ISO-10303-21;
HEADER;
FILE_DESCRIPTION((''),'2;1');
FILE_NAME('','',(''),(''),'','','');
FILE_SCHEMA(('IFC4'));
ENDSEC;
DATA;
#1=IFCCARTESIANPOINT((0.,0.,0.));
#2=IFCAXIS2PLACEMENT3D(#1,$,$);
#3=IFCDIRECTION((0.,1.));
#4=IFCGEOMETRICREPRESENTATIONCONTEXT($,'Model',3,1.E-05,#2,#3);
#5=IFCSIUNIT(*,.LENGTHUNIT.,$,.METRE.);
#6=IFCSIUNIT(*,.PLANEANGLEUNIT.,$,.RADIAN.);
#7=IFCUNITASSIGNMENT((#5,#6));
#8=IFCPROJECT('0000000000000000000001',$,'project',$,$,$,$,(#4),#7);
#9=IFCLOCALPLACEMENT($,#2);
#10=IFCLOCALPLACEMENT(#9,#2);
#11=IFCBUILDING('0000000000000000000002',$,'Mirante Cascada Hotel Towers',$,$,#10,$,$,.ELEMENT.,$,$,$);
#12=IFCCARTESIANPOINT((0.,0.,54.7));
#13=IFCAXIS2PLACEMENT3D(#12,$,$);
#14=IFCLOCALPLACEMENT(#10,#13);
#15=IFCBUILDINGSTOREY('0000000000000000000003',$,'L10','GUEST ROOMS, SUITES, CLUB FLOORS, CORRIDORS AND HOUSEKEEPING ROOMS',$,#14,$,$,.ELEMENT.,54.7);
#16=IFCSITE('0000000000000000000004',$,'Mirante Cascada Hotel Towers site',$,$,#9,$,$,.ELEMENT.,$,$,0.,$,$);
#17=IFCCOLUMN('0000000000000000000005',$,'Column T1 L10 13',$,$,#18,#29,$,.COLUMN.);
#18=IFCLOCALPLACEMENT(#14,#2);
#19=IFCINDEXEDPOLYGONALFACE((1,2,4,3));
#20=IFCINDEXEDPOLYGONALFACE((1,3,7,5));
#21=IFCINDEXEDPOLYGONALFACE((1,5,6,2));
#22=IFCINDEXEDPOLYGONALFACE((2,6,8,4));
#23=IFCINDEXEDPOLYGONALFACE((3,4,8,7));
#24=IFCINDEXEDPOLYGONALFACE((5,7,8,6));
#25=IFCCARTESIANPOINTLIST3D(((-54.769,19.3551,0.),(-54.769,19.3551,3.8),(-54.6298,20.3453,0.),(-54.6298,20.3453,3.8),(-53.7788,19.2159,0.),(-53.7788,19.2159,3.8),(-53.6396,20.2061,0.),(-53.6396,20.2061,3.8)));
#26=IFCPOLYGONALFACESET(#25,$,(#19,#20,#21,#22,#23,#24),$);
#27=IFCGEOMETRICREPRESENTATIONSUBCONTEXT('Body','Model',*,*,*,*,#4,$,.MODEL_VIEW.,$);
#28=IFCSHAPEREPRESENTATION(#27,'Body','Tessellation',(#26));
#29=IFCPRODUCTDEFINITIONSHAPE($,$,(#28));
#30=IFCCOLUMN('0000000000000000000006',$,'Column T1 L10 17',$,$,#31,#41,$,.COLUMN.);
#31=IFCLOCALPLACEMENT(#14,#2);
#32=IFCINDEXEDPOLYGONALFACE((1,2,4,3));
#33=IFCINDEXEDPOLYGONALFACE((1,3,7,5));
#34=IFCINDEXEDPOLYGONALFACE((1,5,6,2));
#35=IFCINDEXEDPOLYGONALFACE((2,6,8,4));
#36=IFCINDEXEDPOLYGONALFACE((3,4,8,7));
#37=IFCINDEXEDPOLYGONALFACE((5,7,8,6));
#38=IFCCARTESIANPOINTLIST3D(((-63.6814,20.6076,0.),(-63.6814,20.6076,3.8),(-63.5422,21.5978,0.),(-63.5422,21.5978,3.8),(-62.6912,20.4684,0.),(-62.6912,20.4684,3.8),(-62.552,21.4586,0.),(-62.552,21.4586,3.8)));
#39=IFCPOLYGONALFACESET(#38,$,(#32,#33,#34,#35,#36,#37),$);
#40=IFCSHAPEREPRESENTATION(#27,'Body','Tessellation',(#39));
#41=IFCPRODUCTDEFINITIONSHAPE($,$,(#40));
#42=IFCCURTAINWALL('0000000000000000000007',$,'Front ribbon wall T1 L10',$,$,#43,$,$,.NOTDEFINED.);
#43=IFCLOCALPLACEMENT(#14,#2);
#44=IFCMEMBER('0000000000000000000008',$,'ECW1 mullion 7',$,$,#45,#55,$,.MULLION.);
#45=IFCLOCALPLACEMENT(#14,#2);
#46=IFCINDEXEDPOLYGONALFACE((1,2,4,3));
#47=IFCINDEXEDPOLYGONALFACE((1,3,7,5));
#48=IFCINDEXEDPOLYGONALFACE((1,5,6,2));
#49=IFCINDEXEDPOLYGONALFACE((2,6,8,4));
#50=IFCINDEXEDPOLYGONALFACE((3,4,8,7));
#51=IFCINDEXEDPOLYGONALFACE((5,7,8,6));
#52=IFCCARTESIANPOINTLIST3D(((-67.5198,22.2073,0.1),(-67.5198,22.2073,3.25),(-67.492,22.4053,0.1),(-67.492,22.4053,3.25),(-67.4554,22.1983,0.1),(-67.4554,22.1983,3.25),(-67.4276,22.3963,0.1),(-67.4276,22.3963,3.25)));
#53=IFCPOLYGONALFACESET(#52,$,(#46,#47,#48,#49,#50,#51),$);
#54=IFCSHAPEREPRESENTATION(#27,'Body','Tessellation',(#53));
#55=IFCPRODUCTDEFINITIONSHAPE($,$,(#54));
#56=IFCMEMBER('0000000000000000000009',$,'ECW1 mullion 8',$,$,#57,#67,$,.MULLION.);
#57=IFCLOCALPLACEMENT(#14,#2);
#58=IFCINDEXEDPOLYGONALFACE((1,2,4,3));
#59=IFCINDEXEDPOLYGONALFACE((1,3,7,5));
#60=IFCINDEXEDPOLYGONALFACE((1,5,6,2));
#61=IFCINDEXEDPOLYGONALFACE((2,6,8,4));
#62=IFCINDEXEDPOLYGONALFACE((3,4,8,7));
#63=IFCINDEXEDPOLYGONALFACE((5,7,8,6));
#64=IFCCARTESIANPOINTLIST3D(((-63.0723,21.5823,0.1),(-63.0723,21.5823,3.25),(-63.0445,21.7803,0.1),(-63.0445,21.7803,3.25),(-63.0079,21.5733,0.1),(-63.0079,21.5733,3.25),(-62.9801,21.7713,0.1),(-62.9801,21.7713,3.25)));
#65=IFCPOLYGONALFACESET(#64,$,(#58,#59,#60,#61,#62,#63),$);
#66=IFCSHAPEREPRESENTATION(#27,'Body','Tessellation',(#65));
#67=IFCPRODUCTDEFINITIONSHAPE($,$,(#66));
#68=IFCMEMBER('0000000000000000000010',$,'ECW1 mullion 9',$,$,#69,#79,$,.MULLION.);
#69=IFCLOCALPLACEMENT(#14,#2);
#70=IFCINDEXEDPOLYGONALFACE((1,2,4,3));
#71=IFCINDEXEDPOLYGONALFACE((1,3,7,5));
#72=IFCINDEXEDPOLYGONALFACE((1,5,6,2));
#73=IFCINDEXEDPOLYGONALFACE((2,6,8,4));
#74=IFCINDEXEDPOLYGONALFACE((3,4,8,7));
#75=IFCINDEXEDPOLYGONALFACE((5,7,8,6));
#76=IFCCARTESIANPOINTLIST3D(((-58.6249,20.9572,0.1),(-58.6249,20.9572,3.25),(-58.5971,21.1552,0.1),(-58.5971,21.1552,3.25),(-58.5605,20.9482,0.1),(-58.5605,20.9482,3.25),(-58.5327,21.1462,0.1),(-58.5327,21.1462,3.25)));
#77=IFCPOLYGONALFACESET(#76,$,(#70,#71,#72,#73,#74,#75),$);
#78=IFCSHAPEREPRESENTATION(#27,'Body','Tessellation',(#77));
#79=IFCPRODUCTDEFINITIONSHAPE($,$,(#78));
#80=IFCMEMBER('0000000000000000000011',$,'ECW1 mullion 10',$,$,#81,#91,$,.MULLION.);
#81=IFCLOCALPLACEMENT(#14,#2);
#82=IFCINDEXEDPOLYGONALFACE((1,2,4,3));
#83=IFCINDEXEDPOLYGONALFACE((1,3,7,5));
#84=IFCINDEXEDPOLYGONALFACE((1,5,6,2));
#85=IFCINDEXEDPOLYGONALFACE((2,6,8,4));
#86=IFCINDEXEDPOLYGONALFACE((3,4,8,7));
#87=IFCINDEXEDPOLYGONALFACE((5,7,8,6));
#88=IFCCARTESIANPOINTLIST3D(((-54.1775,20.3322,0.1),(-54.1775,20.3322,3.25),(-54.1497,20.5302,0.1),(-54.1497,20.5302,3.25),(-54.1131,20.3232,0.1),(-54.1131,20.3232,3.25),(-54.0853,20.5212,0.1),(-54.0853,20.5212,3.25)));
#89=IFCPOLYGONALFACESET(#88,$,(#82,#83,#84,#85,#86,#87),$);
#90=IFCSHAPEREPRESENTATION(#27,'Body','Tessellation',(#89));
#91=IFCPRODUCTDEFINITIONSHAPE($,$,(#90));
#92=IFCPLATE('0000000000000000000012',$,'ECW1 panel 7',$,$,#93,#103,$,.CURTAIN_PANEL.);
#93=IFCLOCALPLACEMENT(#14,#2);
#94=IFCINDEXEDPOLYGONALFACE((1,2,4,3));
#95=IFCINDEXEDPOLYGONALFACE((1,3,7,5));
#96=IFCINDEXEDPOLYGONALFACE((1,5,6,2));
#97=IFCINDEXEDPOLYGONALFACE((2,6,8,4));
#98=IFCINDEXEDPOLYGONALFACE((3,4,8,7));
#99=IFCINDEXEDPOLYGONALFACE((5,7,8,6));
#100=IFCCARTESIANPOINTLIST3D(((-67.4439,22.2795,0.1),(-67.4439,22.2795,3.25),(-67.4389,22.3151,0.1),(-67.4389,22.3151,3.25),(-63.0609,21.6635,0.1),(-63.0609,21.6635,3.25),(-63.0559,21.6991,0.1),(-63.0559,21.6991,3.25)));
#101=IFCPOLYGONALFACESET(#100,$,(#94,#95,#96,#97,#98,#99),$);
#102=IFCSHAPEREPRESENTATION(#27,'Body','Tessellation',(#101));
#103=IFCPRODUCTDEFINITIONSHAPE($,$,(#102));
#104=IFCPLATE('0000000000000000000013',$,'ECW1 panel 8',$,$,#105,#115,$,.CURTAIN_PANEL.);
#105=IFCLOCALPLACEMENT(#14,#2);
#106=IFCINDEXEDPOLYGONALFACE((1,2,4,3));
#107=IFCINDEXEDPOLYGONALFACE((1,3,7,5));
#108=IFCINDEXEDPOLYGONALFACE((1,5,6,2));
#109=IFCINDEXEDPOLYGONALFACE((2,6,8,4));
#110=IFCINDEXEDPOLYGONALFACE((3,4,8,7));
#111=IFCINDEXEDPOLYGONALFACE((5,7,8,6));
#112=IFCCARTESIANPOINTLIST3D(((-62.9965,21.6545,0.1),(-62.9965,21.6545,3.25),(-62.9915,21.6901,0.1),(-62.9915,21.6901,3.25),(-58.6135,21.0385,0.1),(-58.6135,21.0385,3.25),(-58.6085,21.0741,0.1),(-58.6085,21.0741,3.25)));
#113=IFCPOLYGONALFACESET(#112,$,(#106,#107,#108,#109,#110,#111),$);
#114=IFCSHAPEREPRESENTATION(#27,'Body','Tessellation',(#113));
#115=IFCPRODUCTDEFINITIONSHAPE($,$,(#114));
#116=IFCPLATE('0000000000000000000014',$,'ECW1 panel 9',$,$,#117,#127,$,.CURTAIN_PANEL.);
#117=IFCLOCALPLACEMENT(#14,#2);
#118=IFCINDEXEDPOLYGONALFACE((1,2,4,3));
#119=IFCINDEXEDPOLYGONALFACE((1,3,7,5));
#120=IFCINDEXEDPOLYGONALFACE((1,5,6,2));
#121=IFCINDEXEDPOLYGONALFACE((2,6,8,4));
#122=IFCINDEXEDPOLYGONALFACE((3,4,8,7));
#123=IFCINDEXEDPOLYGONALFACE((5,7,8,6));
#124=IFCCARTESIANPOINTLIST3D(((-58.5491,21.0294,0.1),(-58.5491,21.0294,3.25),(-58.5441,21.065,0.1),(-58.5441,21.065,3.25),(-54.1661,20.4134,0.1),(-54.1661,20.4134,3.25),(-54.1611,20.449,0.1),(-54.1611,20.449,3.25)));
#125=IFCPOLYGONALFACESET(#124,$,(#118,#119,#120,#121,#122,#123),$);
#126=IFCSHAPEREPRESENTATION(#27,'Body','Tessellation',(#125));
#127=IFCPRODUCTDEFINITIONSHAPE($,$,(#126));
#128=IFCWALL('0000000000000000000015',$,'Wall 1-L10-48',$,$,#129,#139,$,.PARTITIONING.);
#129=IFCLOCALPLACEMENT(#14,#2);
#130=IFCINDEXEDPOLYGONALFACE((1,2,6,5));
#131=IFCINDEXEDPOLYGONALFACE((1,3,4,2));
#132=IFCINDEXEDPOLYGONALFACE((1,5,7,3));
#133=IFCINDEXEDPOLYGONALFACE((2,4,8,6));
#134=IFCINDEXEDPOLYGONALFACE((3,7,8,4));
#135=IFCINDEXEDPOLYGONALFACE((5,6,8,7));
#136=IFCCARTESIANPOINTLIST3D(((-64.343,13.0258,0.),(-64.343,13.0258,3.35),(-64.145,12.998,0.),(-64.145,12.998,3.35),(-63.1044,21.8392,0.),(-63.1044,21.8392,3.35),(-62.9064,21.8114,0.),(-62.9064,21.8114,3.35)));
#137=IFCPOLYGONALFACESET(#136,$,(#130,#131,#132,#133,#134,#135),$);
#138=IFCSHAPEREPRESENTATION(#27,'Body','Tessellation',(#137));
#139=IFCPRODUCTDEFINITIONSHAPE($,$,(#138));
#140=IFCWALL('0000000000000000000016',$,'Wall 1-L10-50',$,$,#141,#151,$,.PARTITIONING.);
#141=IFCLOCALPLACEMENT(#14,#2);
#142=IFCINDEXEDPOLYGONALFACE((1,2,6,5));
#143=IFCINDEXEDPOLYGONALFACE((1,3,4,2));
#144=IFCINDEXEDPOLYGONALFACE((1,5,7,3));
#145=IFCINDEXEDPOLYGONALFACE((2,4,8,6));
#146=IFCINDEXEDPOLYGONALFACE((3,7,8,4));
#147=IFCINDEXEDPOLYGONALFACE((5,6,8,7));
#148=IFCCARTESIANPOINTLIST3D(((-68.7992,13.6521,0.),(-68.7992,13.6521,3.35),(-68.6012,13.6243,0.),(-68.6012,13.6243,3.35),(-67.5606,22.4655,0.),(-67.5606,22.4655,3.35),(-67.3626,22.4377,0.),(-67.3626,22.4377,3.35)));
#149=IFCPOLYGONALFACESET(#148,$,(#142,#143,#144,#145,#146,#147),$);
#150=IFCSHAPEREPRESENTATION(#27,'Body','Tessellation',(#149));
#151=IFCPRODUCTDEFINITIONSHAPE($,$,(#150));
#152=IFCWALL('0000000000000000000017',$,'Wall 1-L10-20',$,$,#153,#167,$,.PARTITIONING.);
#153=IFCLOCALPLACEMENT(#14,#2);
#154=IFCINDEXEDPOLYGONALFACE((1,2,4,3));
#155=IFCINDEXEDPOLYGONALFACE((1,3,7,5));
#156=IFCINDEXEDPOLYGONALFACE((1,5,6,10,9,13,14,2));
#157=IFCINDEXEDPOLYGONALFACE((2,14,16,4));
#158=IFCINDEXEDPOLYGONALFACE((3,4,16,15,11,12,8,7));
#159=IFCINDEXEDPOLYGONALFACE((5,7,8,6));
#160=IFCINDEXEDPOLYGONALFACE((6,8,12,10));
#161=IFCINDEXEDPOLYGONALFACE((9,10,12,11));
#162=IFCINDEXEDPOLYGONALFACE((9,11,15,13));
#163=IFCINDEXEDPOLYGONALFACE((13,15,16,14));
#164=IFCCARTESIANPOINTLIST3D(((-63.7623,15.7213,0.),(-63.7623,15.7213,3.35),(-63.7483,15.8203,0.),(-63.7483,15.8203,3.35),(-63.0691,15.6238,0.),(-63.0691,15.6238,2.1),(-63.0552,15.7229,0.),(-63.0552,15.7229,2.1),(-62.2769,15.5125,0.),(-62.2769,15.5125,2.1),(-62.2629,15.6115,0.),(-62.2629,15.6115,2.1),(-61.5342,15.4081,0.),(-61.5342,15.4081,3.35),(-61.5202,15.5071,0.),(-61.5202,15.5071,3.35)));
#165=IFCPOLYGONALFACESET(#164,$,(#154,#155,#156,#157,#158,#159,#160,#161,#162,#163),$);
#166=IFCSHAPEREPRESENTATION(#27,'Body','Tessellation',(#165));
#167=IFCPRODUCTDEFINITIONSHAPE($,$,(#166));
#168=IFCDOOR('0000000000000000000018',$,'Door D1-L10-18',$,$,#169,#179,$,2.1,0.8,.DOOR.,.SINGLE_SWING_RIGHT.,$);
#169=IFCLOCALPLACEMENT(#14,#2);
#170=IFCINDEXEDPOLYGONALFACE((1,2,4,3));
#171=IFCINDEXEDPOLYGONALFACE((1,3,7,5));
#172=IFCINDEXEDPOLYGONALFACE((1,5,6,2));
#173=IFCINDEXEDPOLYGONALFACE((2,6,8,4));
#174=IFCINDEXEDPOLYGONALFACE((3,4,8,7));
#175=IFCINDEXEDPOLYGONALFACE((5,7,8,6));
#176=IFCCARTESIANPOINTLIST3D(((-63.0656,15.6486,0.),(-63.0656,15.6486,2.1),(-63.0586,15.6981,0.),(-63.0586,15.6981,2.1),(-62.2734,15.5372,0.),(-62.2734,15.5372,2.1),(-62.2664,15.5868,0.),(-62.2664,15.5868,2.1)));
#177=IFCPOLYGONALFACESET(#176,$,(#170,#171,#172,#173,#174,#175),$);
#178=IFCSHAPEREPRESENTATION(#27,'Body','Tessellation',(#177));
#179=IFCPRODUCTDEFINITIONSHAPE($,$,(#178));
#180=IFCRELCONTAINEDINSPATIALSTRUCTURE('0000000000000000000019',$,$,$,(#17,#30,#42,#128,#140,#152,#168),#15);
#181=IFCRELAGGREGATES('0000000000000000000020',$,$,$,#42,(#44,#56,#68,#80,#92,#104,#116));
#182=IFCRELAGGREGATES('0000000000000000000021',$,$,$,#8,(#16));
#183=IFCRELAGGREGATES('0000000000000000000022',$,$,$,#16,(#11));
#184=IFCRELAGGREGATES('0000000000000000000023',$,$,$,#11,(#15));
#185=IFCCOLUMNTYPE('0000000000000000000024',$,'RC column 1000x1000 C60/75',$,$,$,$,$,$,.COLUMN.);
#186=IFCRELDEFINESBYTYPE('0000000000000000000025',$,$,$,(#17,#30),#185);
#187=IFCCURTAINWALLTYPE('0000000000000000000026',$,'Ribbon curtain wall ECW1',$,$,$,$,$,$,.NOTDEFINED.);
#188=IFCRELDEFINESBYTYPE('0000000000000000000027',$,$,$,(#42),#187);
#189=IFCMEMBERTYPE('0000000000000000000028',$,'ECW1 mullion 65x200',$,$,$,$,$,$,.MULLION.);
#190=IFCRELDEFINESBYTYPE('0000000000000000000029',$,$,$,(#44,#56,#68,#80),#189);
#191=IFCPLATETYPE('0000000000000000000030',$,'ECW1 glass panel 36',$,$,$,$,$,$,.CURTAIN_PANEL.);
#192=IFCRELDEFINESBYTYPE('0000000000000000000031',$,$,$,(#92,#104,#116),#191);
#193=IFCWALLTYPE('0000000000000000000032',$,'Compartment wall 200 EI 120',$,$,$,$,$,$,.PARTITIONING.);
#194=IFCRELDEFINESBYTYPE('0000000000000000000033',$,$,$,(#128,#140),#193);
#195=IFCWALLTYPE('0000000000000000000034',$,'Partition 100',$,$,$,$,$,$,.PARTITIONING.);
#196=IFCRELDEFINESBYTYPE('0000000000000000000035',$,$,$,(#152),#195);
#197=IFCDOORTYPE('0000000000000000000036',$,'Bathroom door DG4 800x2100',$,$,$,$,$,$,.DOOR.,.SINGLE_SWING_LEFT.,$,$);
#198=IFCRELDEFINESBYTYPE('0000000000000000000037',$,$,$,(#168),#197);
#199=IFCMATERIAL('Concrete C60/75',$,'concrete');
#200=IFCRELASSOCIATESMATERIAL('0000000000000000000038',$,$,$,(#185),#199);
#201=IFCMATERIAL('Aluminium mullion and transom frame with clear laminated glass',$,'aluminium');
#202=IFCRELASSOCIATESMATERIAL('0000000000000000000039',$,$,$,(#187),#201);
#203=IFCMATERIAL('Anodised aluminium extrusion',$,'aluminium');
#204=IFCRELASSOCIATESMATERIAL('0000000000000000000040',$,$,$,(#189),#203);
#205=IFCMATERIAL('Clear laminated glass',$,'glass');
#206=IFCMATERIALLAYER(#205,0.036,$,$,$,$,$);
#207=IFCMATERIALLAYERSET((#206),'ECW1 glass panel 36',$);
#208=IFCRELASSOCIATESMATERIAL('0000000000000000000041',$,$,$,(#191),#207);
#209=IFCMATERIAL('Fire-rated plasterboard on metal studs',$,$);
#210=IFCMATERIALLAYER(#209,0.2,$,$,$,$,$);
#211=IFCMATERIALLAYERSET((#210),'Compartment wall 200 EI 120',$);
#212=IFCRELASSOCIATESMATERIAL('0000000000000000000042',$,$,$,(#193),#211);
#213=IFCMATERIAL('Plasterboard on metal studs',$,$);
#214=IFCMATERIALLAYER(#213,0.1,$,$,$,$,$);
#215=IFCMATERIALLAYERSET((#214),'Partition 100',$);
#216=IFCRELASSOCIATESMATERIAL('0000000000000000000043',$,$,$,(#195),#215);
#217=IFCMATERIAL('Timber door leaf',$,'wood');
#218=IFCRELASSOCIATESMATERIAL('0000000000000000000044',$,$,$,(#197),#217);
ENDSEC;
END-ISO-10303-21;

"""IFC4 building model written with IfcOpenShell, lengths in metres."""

from ifc_helpers import new_model, si_unit, direction, frame, frame_2d, origin, origin_2d, place, context, subcontext, project, spatial, rectangle, extrude, material, layer, layer_set, material_profile, profile_set, type_object, element, fill, aggregate, save


model = new_model("IFC4")

# Units and contexts
model_context = context("Model", 3, precision=1e-05, world=origin(), true_north=direction((0.0, 1.0)))
body_context = subcontext(model_context, "Body", "Model", "MODEL_VIEW")
ifc_project = project(units=[si_unit("LENGTHUNIT", "METRE"), si_unit("PLANEANGLEUNIT", "RADIAN")], contexts=[model_context])

# Site, building, storey
site_placement = place(None, origin())
site = spatial("IfcSite", under=ifc_project, at=site_placement, Name="Mirante Cascada Hotel Towers site", CompositionType="ELEMENT", RefElevation=0.0)
building_placement = place(site_placement, origin())
building = spatial("IfcBuilding", under=site, at=building_placement, Name="Mirante Cascada Hotel Towers", CompositionType="ELEMENT")
storey_placement = place(building_placement, frame((0.0, 0.0, 54.7)))
storey = spatial("IfcBuildingStorey", under=building, at=storey_placement, Name="L10", Description="GUEST ROOMS, SUITES, CLUB FLOORS, CORRIDORS AND HOUSEKEEPING ROOMS", CompositionType="ELEMENT", Elevation=54.7)

# Columns
ifc_material_1 = material(Name="Concrete C60/75", Category="concrete")
ifc_material_profile_1 = material_profile(ifc_material_1, rectangle(XDim=1.0, YDim=1.0, at=origin_2d()), Name="RC column 1000x1000 C60/75")
ifc_profile_set_1 = profile_set([ifc_material_profile_1], Name="Concrete C60/75")
column_type = type_object("IfcColumnType", Name="RC column 1000x1000 C60/75", PredefinedType="COLUMN", material=ifc_profile_set_1)
for number, where, z_axis, x_axis, name in (
    (1, (-54.2043, 19.7806, 0.0), (0.0, 0.0, 1.0), (-0.990268, 0.139173, 0.0), "Column T1 L10 13"),
    (2, (-63.1167, 21.0331, 0.0), (0.0, 0.0, 1.0), (-0.990268, 0.139173, 0.0), "Column T1 L10 17"),
):
    element("IfcColumn", number, at=place(storey_placement, frame(where, z_axis=z_axis, x_axis=x_axis)), inside=storey, type_object=column_type, Name=name, PredefinedType="COLUMN", context=body_context, shape_type="SweptSolid", body=[
        extrude(rectangle(XDim=1.0, YDim=1.0, at=origin_2d()), origin(), (0.0, 0.0, 1.0), 3.8),
    ])

# Curtain wall, members, plates
ifc_material_2 = material(Name="Aluminium mullion and transom frame with clear laminated glass", Category="aluminium")
curtain_wall_type = type_object("IfcCurtainWallType", Name="Ribbon curtain wall ECW1", PredefinedType="NOTDEFINED", material=ifc_material_2)
curtain_wall_placement = place(storey_placement, origin())
curtain_wall = element("IfcCurtainWall", 3, at=curtain_wall_placement, inside=storey, type_object=curtain_wall_type, Name="Front ribbon wall T1 L10", PredefinedType="NOTDEFINED")
ifc_material_3 = material(Name="Anodised aluminium extrusion", Category="aluminium")
ifc_material_profile_2 = material_profile(ifc_material_3, rectangle(XDim=0.2, YDim=0.065, at=origin_2d()), Name="ECW1 MULLION 65x200")
ifc_profile_set_2 = profile_set([ifc_material_profile_2], Name="Anodised aluminium extrusion")
member_type = type_object("IfcMemberType", Name="ECW1 mullion 65x200", PredefinedType="MULLION", material=ifc_profile_set_2)
member_1_placement = place(storey_placement, frame((-67.4737, 22.3018, 0.1), z_axis=(0.0, 0.0, 1.0), x_axis=(0.139173, 0.990268, 0.0)))
member_1 = element("IfcMember", 4, at=member_1_placement, type_object=member_type, Name="ECW1 mullion 7", PredefinedType="MULLION", context=body_context, shape_type="SweptSolid", body=[
    extrude(rectangle(XDim=0.2, YDim=0.065, at=origin_2d()), origin(), (0.0, 0.0, 1.0), 3.15),
])
member_2_placement = place(storey_placement, frame((-63.0262, 21.6768, 0.1), z_axis=(0.0, 0.0, 1.0), x_axis=(0.139173, 0.990268, 0.0)))
member_2 = element("IfcMember", 5, at=member_2_placement, type_object=member_type, Name="ECW1 mullion 8", PredefinedType="MULLION", context=body_context, shape_type="SweptSolid", body=[
    extrude(rectangle(XDim=0.2, YDim=0.065, at=origin_2d()), origin(), (0.0, 0.0, 1.0), 3.15),
])
member_3_placement = place(storey_placement, frame((-58.5788, 21.0517, 0.1), z_axis=(0.0, 0.0, 1.0), x_axis=(0.139173, 0.990268, 0.0)))
member_3 = element("IfcMember", 6, at=member_3_placement, type_object=member_type, Name="ECW1 mullion 9", PredefinedType="MULLION", context=body_context, shape_type="SweptSolid", body=[
    extrude(rectangle(XDim=0.2, YDim=0.065, at=origin_2d()), origin(), (0.0, 0.0, 1.0), 3.15),
])
member_4_placement = place(storey_placement, frame((-54.1314, 20.4267, 0.1), z_axis=(0.0, 0.0, 1.0), x_axis=(0.139173, 0.990268, 0.0)))
member_4 = element("IfcMember", 7, at=member_4_placement, type_object=member_type, Name="ECW1 mullion 10", PredefinedType="MULLION", context=body_context, shape_type="SweptSolid", body=[
    extrude(rectangle(XDim=0.2, YDim=0.065, at=origin_2d()), origin(), (0.0, 0.0, 1.0), 3.15),
])
ifc_material_4 = material(Name="Clear laminated glass", Category="glass")
ifc_layer_1 = layer(ifc_material_4, 0.036)
ifc_layer_set_1 = layer_set([ifc_layer_1], Name="ECW1 glass panel 36")
plate_type = type_object("IfcPlateType", Name="ECW1 glass panel 36", PredefinedType="CURTAIN_PANEL", material=ifc_layer_set_1)
plate_1_placement = place(storey_placement, frame((-65.2499, 21.9893, 0.1), z_axis=(0.0, 0.0, 1.0), x_axis=(0.990268, -0.139173, 0.0)))
plate_1 = element("IfcPlate", 8, at=plate_1_placement, type_object=plate_type, Name="ECW1 panel 7", PredefinedType="CURTAIN_PANEL", context=body_context, shape_type="SweptSolid", body=[
    extrude(rectangle(XDim=4.4261, YDim=0.036, at=origin_2d()), origin(), (0.0, 0.0, 1.0), 3.15),
])
plate_2_placement = place(storey_placement, frame((-60.8025, 21.3643, 0.1), z_axis=(0.0, 0.0, 1.0), x_axis=(0.990268, -0.139173, 0.0)))
plate_2 = element("IfcPlate", 9, at=plate_2_placement, type_object=plate_type, Name="ECW1 panel 8", PredefinedType="CURTAIN_PANEL", context=body_context, shape_type="SweptSolid", body=[
    extrude(rectangle(XDim=4.4261, YDim=0.036, at=origin_2d()), origin(), (0.0, 0.0, 1.0), 3.15),
])
plate_3_placement = place(storey_placement, frame((-56.3551, 20.7392, 0.1), z_axis=(0.0, 0.0, 1.0), x_axis=(0.990268, -0.139173, 0.0)))
plate_3 = element("IfcPlate", 10, at=plate_3_placement, type_object=plate_type, Name="ECW1 panel 9", PredefinedType="CURTAIN_PANEL", context=body_context, shape_type="SweptSolid", body=[
    extrude(rectangle(XDim=4.4261, YDim=0.036, at=origin_2d()), origin(), (0.0, 0.0, 1.0), 3.15),
])
aggregate(curtain_wall, [member_1, member_2, member_3, member_4, plate_1, plate_2, plate_3])

# Walls
ifc_material_5 = material(Name="Fire-rated plasterboard on metal studs")
ifc_layer_2 = layer(ifc_material_5, 0.2)
ifc_layer_set_2 = layer_set([ifc_layer_2], Name="Compartment wall 200 EI 120")
wall_type_1 = type_object("IfcWallType", Name="Compartment wall 200 EI 120", PredefinedType="PARTITIONING", material=ifc_layer_set_2)
for number, where, z_axis, x_axis, name in (
    (11, (-63.0054, 21.8253, 0.0), (0.0, 0.0, 1.0), (-0.139168, -0.990269, 0.0), "Wall 1-L10-48"),
    (12, (-67.4616, 22.4516, 0.0), (0.0, 0.0, 1.0), (-0.139168, -0.990269, 0.0), "Wall 1-L10-50"),
):
    element("IfcWall", number, at=place(storey_placement, frame(where, z_axis=z_axis, x_axis=x_axis)), inside=storey, type_object=wall_type_1, Name=name, PredefinedType="PARTITIONING", context=body_context, shape_type="SweptSolid", body=[
        extrude(rectangle(XDim=8.9, YDim=0.2, at=frame_2d((4.45, 0.0))), origin(), (0.0, 0.0, 1.0), 3.35),
    ])

# Wall, opening, door
ifc_material_6 = material(Name="Plasterboard on metal studs")
ifc_layer_3 = layer(ifc_material_6, 0.1)
ifc_layer_set_3 = layer_set([ifc_layer_3], Name="Partition 100")
wall_type_2 = type_object("IfcWallType", Name="Partition 100", PredefinedType="PARTITIONING", material=ifc_layer_set_3)
wall_1_placement = place(storey_placement, frame((-63.7553, 15.7708, 0.0), z_axis=(0.0, 0.0, 1.0), x_axis=(0.990264, -0.1392, 0.0)))
wall_1 = element("IfcWall", 13, at=wall_1_placement, inside=storey, type_object=wall_type_2, Name="Wall 1-L10-20", PredefinedType="PARTITIONING", context=body_context, shape_type="SweptSolid", body=[
    extrude(rectangle(XDim=2.25, YDim=0.1, at=frame_2d((1.125, 0.0))), origin(), (0.0, 0.0, 1.0), 3.35),
])
opening_1_placement = place(wall_1_placement, frame((0.7, 0.0, 0.0)))
opening_1 = element("IfcOpeningElement", 14, at=opening_1_placement, cuts=wall_1, PredefinedType="OPENING", context=body_context, shape_type="SweptSolid", body=[
    extrude(rectangle(XDim=0.8, YDim=2.1, at=frame_2d((0.4, 1.05))), frame((0.0, 0.05, 0.0), z_axis=(0.0, -1.0, 0.0), x_axis=(1.0, 0.0, 0.0)), (0.0, 0.0, 1.0), 0.1),
])
ifc_material_7 = material(Name="Timber door leaf", Category="wood")
door_type = type_object("IfcDoorType", Name="Bathroom door DG4 800x2100", OperationType="SINGLE_SWING_LEFT", PredefinedType="DOOR", material=ifc_material_7)
door_1_placement = place(opening_1_placement, frame((0.8, 0.0, 0.0), z_axis=(0.0, 0.0, 1.0), x_axis=(-1.0, 0.0, 0.0)))
door_1 = element("IfcDoor", 15, at=door_1_placement, inside=storey, type_object=door_type, Name="Door D1-L10-18", OperationType="SINGLE_SWING_RIGHT", OverallHeight=2.1, OverallWidth=0.8, PredefinedType="DOOR", context=body_context, shape_type="SweptSolid", body=[
    extrude(rectangle(XDim=0.8, YDim=2.1, at=frame_2d((0.4, 1.05))), frame((0.0, 0.025, 0.0), z_axis=(0.0, -1.0, 0.0), x_axis=(1.0, 0.0, 0.0)), (0.0, 0.0, 1.0), 0.05),
])
fill(opening_1, door_1)

save(model, "model.ifc")
